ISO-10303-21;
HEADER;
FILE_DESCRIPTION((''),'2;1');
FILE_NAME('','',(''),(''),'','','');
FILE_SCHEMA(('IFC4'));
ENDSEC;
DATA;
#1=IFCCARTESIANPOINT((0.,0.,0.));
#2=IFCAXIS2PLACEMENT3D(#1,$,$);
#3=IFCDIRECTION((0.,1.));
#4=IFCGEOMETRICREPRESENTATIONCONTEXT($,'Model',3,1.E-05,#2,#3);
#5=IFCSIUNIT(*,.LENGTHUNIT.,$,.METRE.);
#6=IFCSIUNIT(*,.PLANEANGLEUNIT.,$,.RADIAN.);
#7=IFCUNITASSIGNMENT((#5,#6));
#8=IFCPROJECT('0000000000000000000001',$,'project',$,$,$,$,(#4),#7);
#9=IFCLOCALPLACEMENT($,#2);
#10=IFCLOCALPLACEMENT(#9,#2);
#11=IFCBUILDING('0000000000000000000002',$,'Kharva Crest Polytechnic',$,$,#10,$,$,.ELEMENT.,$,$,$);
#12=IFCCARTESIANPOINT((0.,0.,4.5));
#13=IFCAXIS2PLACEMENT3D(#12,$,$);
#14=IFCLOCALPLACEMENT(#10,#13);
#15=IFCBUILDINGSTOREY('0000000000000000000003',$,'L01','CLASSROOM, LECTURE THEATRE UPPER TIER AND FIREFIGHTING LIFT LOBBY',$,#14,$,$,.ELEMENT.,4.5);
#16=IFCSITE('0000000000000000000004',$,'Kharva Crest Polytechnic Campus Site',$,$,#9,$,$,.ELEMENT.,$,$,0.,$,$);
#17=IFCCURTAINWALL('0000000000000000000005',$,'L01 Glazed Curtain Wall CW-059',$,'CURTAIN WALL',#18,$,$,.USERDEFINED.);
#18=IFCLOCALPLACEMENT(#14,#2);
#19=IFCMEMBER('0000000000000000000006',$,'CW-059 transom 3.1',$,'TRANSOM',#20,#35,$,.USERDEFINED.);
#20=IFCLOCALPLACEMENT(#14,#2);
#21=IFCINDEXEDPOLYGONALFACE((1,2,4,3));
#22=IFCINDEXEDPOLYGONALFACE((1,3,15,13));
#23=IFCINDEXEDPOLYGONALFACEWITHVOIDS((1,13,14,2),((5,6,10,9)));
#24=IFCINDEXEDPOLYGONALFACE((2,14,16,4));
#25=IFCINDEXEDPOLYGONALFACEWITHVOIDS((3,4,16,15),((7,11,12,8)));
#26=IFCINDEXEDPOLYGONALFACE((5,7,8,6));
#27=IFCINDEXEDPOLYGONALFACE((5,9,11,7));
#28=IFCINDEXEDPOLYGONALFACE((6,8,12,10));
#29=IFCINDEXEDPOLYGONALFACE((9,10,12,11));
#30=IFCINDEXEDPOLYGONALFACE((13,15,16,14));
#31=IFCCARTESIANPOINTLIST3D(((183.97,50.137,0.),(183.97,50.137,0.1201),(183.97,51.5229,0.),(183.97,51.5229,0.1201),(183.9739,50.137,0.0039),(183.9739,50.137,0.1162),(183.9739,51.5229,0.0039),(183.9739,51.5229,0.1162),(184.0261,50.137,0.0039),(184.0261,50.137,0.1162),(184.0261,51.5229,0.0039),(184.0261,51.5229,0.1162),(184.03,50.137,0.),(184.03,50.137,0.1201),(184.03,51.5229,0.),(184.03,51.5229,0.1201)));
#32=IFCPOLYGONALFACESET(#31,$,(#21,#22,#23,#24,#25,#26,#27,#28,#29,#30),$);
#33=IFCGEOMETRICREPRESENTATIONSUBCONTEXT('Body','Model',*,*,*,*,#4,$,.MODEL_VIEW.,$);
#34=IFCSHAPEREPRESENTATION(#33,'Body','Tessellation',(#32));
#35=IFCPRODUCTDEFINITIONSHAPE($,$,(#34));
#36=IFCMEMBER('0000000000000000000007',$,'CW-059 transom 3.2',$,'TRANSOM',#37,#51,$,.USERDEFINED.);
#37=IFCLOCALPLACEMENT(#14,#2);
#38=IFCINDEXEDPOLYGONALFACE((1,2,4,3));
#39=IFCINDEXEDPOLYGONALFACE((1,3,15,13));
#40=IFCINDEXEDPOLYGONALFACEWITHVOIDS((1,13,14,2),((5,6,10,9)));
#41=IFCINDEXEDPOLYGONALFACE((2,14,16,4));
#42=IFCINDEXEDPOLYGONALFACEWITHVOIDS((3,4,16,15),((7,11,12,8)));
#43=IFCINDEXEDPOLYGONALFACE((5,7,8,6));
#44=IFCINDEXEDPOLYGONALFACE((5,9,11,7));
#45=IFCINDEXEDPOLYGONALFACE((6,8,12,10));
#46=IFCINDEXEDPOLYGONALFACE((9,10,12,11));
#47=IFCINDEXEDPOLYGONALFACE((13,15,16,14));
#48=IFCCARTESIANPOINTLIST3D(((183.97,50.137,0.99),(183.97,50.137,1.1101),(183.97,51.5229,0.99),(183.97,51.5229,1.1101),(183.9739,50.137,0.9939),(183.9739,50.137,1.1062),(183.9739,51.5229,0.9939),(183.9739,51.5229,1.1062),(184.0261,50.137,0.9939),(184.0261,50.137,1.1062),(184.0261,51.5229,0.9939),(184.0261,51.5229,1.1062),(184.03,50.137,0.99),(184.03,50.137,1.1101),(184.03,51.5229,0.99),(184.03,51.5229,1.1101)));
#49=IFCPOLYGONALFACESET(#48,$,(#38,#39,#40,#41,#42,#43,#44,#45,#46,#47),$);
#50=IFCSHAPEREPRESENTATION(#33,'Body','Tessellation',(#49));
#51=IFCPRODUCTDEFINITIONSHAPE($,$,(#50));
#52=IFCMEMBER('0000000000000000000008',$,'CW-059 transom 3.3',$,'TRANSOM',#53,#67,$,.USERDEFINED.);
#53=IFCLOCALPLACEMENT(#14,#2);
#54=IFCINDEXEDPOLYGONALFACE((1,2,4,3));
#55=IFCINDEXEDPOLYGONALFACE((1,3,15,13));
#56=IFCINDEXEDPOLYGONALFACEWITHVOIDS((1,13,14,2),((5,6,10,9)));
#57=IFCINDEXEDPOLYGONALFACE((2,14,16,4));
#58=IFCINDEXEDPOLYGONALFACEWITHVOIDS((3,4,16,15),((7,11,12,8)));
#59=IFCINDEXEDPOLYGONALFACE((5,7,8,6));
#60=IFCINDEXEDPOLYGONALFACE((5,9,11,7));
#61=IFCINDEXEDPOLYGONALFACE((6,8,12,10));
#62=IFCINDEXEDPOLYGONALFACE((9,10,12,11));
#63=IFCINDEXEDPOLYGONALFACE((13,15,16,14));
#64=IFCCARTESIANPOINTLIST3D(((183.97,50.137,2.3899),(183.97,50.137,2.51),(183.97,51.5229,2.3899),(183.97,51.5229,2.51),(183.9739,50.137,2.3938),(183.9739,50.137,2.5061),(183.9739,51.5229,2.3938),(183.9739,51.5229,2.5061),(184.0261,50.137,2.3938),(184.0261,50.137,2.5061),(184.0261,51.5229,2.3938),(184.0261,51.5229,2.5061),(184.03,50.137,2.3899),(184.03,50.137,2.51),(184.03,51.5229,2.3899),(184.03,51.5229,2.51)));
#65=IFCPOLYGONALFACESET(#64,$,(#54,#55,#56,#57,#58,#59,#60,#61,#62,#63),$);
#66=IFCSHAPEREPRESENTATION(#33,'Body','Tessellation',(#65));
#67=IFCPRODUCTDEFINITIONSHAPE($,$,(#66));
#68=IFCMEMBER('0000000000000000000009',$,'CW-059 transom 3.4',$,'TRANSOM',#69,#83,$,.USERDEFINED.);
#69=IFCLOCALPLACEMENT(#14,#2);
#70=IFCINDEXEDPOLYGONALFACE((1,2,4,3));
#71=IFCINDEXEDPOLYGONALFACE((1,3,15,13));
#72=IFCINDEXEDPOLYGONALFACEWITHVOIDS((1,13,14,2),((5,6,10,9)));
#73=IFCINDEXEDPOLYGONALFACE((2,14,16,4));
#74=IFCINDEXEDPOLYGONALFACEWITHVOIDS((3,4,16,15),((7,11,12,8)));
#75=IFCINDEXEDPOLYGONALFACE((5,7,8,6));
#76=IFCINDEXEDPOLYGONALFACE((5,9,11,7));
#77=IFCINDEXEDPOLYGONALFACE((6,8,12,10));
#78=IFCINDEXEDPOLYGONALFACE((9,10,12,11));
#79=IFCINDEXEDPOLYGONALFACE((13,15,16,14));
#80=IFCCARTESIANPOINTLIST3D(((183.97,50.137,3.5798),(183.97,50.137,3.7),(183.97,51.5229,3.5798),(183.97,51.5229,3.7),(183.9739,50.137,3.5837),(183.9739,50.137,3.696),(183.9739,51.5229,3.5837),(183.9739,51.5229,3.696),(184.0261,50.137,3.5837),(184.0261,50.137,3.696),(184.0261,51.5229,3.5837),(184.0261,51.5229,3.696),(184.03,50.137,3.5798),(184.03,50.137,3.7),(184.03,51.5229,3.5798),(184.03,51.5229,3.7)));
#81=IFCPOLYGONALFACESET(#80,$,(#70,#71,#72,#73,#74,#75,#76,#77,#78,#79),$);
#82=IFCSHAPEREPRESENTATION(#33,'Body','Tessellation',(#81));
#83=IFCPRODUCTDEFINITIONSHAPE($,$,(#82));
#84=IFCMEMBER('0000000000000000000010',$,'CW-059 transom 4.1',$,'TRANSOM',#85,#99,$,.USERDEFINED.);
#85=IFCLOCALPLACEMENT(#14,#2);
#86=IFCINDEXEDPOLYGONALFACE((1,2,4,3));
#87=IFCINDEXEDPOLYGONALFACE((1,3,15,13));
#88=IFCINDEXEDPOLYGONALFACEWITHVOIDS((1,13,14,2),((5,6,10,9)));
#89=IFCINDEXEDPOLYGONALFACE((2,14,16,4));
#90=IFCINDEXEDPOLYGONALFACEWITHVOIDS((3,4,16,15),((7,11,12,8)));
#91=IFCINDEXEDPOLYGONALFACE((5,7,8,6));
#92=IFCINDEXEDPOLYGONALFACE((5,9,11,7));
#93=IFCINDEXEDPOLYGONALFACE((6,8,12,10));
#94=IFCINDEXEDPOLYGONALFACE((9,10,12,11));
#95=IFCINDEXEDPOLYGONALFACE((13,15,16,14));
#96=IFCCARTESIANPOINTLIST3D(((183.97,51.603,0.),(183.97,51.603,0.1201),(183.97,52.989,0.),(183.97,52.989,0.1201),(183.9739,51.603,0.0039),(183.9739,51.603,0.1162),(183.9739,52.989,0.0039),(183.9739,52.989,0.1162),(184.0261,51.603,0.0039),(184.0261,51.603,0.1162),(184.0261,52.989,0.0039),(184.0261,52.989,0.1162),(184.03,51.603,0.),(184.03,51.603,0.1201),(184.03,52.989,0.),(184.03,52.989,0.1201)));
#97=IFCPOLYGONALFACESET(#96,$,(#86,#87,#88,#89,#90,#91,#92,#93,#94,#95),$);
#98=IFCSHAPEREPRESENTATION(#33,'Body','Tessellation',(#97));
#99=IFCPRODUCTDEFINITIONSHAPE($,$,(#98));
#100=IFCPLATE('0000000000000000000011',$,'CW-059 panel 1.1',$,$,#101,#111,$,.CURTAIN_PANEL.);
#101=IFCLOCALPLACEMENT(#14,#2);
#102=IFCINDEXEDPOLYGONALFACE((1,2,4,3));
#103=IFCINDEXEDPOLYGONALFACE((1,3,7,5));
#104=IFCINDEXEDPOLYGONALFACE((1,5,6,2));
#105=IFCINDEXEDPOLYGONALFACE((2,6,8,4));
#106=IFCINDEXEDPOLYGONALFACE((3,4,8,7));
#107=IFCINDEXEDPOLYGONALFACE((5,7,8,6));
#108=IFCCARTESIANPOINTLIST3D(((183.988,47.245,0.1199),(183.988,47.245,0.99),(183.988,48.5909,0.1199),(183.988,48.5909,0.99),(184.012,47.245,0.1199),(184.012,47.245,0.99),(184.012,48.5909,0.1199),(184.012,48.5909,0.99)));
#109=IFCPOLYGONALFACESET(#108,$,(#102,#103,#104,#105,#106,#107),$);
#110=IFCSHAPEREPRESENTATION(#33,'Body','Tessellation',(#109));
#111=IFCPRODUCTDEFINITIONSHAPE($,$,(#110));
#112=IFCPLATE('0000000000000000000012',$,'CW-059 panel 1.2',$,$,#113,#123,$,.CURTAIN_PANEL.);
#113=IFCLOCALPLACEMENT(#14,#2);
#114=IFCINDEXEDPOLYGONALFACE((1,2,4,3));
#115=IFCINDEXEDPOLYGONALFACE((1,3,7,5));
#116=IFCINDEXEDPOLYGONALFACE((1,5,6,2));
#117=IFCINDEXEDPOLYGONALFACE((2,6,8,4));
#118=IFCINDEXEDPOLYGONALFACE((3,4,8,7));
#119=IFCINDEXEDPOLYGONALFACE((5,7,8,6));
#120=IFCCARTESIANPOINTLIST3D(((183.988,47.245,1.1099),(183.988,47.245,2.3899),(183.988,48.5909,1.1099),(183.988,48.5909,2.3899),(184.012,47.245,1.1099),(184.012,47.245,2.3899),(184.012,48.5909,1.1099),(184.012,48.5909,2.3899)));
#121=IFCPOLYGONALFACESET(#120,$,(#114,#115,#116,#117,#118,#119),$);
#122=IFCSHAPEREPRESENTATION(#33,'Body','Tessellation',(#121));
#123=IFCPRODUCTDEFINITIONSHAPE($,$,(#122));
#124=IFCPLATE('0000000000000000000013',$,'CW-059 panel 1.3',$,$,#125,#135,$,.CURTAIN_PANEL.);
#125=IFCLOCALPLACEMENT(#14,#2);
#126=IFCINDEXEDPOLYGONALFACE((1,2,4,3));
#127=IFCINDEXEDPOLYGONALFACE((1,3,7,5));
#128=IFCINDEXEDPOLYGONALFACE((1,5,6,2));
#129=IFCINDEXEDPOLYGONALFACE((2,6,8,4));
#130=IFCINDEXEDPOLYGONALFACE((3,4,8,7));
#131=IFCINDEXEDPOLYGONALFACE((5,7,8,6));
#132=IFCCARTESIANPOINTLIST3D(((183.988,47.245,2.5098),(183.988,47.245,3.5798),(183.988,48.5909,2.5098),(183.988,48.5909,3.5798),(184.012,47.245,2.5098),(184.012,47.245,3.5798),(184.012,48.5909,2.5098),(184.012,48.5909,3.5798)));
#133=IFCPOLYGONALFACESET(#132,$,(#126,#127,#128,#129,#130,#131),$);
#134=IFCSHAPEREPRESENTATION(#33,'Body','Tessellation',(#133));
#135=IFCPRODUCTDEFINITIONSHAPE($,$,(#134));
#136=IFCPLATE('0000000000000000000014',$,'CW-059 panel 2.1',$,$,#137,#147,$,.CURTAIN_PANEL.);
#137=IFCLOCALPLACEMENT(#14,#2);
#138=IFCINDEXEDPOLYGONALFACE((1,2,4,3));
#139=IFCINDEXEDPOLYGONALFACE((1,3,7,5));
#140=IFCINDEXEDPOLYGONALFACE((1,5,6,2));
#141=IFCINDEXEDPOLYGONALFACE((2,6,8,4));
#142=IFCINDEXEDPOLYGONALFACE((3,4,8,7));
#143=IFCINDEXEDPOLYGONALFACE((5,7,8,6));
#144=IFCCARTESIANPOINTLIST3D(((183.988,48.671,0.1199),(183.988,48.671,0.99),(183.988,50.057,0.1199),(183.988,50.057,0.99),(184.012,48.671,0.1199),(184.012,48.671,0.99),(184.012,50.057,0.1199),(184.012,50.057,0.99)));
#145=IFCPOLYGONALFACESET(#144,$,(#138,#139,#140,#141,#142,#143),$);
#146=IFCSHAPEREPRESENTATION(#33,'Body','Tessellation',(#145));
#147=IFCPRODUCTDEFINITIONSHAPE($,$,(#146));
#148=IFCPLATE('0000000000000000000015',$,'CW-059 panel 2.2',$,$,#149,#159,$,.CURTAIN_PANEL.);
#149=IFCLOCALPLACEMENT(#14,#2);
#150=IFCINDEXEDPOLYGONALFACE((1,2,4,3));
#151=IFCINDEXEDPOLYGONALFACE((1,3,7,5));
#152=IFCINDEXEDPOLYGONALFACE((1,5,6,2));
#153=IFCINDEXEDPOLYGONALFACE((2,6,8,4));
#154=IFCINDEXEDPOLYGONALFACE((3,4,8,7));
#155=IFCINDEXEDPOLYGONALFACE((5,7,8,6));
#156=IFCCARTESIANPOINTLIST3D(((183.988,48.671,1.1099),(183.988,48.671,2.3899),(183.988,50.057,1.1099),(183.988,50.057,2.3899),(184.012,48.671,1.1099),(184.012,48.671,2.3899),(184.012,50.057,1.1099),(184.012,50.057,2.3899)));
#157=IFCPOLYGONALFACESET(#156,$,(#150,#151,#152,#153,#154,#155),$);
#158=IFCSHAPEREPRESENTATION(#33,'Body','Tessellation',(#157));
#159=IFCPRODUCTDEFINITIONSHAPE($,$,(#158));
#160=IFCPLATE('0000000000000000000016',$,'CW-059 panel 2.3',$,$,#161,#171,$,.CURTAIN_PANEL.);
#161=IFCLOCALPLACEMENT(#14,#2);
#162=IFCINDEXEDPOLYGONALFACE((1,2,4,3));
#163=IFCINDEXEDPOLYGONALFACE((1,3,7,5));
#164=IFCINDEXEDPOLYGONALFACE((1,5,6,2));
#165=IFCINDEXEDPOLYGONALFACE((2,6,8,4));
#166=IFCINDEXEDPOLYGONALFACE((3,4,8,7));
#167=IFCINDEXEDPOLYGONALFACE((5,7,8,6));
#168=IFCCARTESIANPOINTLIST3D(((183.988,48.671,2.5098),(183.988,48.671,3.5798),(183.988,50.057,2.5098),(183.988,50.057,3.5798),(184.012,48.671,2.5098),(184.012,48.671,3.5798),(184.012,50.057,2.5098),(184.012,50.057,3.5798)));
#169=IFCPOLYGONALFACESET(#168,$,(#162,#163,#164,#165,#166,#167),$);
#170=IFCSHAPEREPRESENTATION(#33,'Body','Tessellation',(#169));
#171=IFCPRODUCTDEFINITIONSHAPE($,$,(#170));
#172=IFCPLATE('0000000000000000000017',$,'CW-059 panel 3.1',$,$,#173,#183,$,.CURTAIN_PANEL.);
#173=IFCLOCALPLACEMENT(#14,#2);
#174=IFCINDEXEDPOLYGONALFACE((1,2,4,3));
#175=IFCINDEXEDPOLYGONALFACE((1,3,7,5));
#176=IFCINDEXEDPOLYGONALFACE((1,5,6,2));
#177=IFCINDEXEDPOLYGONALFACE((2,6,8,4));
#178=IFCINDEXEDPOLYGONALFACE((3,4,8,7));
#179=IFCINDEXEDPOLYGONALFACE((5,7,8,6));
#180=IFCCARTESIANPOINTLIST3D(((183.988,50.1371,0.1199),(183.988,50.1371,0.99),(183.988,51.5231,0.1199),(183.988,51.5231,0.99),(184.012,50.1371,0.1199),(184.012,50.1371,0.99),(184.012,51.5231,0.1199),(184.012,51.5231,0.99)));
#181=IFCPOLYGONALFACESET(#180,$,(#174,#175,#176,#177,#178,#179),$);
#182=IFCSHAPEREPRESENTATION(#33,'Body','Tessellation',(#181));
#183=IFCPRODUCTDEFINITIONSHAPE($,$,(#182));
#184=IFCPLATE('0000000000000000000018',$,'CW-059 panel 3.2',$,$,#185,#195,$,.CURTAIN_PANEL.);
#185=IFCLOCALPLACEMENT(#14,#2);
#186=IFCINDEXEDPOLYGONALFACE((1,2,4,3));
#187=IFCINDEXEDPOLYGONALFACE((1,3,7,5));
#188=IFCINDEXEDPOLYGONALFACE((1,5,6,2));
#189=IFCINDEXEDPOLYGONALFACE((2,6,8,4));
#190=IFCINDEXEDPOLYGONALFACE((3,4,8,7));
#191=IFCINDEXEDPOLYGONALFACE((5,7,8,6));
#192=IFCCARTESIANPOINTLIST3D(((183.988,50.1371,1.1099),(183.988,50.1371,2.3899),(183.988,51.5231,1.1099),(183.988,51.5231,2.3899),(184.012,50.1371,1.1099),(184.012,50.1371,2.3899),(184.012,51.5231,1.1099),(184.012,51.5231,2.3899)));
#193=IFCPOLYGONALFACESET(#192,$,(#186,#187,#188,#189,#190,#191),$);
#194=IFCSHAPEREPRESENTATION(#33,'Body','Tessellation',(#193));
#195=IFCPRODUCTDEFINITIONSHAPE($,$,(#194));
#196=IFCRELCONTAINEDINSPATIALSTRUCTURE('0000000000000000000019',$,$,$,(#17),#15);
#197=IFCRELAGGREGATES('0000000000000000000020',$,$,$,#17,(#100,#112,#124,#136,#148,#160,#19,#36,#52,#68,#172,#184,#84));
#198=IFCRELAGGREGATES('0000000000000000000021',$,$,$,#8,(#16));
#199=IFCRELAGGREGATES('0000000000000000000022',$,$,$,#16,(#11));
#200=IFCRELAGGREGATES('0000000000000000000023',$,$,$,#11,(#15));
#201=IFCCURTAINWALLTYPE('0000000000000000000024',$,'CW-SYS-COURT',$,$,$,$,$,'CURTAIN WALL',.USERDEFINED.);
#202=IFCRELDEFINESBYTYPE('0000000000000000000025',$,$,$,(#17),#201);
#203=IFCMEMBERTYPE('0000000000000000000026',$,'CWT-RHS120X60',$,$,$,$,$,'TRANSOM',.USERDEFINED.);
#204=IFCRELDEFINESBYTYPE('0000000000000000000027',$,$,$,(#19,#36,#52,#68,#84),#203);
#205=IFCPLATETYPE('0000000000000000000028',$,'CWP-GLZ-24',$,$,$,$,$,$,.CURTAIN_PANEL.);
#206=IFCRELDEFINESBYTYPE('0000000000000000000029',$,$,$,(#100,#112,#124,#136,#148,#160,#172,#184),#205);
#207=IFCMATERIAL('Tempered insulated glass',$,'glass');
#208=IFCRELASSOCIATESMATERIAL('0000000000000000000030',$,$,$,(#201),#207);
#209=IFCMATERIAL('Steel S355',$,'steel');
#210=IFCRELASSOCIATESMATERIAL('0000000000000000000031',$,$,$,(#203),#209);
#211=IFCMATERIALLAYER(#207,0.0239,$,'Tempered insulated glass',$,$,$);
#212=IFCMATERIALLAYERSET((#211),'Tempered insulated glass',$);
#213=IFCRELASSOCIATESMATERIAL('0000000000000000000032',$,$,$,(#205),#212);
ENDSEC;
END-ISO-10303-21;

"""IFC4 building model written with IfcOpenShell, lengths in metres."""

from ifc_helpers import new_model, si_unit, direction, frame, origin, origin_2d, place, context, subcontext, project, spatial, rectangle, hollow_rectangle, extrude, material, layer, layer_set, material_profile, profile_set, type_object, element, aggregate, save


model = new_model("IFC4")

# Units and contexts
model_context = context("Model", 3, precision=1e-05, world=origin(), true_north=direction((0.0, 1.0)))
body_context = subcontext(model_context, "Body", "Model", "MODEL_VIEW")
ifc_project = project(units=[si_unit("LENGTHUNIT", "METRE"), si_unit("PLANEANGLEUNIT", "RADIAN")], contexts=[model_context])

# Site, building, storey
site_placement = place(None, origin())
site = spatial("IfcSite", under=ifc_project, at=site_placement, Name="Kharva Crest Polytechnic Campus Site", CompositionType="ELEMENT", RefElevation=0.0)
building_placement = place(site_placement, origin())
building = spatial("IfcBuilding", under=site, at=building_placement, Name="Kharva Crest Polytechnic", CompositionType="ELEMENT")
storey_placement = place(building_placement, frame((0.0, 0.0, 4.5)))
storey = spatial("IfcBuildingStorey", under=building, at=storey_placement, Name="L01", Description="CLASSROOM, LECTURE THEATRE UPPER TIER AND FIREFIGHTING LIFT LOBBY", CompositionType="ELEMENT", Elevation=4.5)

# Curtain wall, members, plates
ifc_material_1 = material(Name="Tempered insulated glass", Category="glass")
curtain_wall_type = type_object("IfcCurtainWallType", Name="CW-SYS-COURT", ElementType="CURTAIN WALL", PredefinedType="USERDEFINED", material=ifc_material_1)
curtain_wall_placement = place(storey_placement, origin())
curtain_wall = element("IfcCurtainWall", 1, at=curtain_wall_placement, inside=storey, type_object=curtain_wall_type, Name="L01 Glazed Curtain Wall CW-059", ObjectType="CURTAIN WALL", PredefinedType="USERDEFINED")
ifc_material_2 = material(Name="Steel S355", Category="steel")
ifc_material_profile_1 = material_profile(ifc_material_2, hollow_rectangle(XDim=0.0601, YDim=0.1201, WallThickness=0.0039, at=origin_2d()), Name="RHS 120X60X4.0")
ifc_profile_set_1 = profile_set([ifc_material_profile_1], Name="Steel S355")
member_type_1 = type_object("IfcMemberType", Name="CWT-RHS120X60", ElementType="TRANSOM", PredefinedType="USERDEFINED", material=ifc_profile_set_1)
member_1_placement = place(storey_placement, frame((184.0, 50.137, 0.0601), z_axis=(0.0, 1.0, 0.0), x_axis=(-1.0, 0.0, 0.0)))
member_1 = element("IfcMember", 2, at=member_1_placement, type_object=member_type_1, Name="CW-059 transom 3.1", ObjectType="TRANSOM", PredefinedType="USERDEFINED", context=body_context, shape_type="SweptSolid", body=[
    extrude(hollow_rectangle(XDim=0.0601, YDim=0.1201, WallThickness=0.0039, at=origin_2d()), origin(), (0.0, 0.0, 1.0), 1.386),
])
member_2_placement = place(storey_placement, frame((184.0, 50.137, 1.05), z_axis=(0.0, 1.0, 0.0), x_axis=(-1.0, 0.0, 0.0)))
member_2 = element("IfcMember", 3, at=member_2_placement, type_object=member_type_1, Name="CW-059 transom 3.2", ObjectType="TRANSOM", PredefinedType="USERDEFINED", context=body_context, shape_type="SweptSolid", body=[
    extrude(hollow_rectangle(XDim=0.0601, YDim=0.1201, WallThickness=0.0039, at=origin_2d()), origin(), (0.0, 0.0, 1.0), 1.386),
])
member_3_placement = place(storey_placement, frame((184.0, 50.137, 2.45), z_axis=(0.0, 1.0, 0.0), x_axis=(-1.0, 0.0, 0.0)))
member_3 = element("IfcMember", 4, at=member_3_placement, type_object=member_type_1, Name="CW-059 transom 3.3", ObjectType="TRANSOM", PredefinedType="USERDEFINED", context=body_context, shape_type="SweptSolid", body=[
    extrude(hollow_rectangle(XDim=0.0601, YDim=0.1201, WallThickness=0.0039, at=origin_2d()), origin(), (0.0, 0.0, 1.0), 1.386),
])
member_4_placement = place(storey_placement, frame((184.0, 50.137, 3.6399), z_axis=(0.0, 1.0, 0.0), x_axis=(-1.0, 0.0, 0.0)))
member_4 = element("IfcMember", 5, at=member_4_placement, type_object=member_type_1, Name="CW-059 transom 3.4", ObjectType="TRANSOM", PredefinedType="USERDEFINED", context=body_context, shape_type="SweptSolid", body=[
    extrude(hollow_rectangle(XDim=0.0601, YDim=0.1201, WallThickness=0.0039, at=origin_2d()), origin(), (0.0, 0.0, 1.0), 1.386),
])
member_5_placement = place(storey_placement, frame((184.0, 51.603, 0.0601), z_axis=(0.0, 1.0, 0.0), x_axis=(-1.0, 0.0, 0.0)))
member_5 = element("IfcMember", 6, at=member_5_placement, type_object=member_type_1, Name="CW-059 transom 4.1", ObjectType="TRANSOM", PredefinedType="USERDEFINED", context=body_context, shape_type="SweptSolid", body=[
    extrude(hollow_rectangle(XDim=0.0601, YDim=0.1201, WallThickness=0.0039, at=origin_2d()), origin(), (0.0, 0.0, 1.0), 1.386),
])
ifc_layer = layer(ifc_material_1, 0.0239, Name="Tempered insulated glass")
ifc_layer_set = layer_set([ifc_layer], Name="Tempered insulated glass")
plate_type = type_object("IfcPlateType", Name="CWP-GLZ-24", PredefinedType="CURTAIN_PANEL", material=ifc_layer_set)
plate_1_placement = place(storey_placement, frame((184.0, 47.918, 0.1199), z_axis=(0.0, 0.0, 1.0), x_axis=(0.0, 1.0, 0.0)))
plate_1 = element("IfcPlate", 7, at=plate_1_placement, type_object=plate_type, Name="CW-059 panel 1.1", PredefinedType="CURTAIN_PANEL", context=body_context, shape_type="SweptSolid", body=[
    extrude(rectangle(XDim=1.3459, YDim=0.0239, at=origin_2d()), origin(), (0.0, 0.0, 1.0), 0.8701),
])
plate_2_placement = place(storey_placement, frame((184.0, 47.918, 1.1099), z_axis=(0.0, 0.0, 1.0), x_axis=(0.0, 1.0, 0.0)))
plate_2 = element("IfcPlate", 8, at=plate_2_placement, type_object=plate_type, Name="CW-059 panel 1.2", PredefinedType="CURTAIN_PANEL", context=body_context, shape_type="SweptSolid", body=[
    extrude(rectangle(XDim=1.3459, YDim=0.0239, at=origin_2d()), origin(), (0.0, 0.0, 1.0), 1.28),
])
plate_3_placement = place(storey_placement, frame((184.0, 47.918, 2.5098), z_axis=(0.0, 0.0, 1.0), x_axis=(0.0, 1.0, 0.0)))
plate_3 = element("IfcPlate", 9, at=plate_3_placement, type_object=plate_type, Name="CW-059 panel 1.3", PredefinedType="CURTAIN_PANEL", context=body_context, shape_type="SweptSolid", body=[
    extrude(rectangle(XDim=1.3459, YDim=0.0239, at=origin_2d()), origin(), (0.0, 0.0, 1.0), 1.0701),
])
plate_4_placement = place(storey_placement, frame((184.0, 49.364, 0.1199), z_axis=(0.0, 0.0, 1.0), x_axis=(0.0, 1.0, 0.0)))
plate_4 = element("IfcPlate", 10, at=plate_4_placement, type_object=plate_type, Name="CW-059 panel 2.1", PredefinedType="CURTAIN_PANEL", context=body_context, shape_type="SweptSolid", body=[
    extrude(rectangle(XDim=1.386, YDim=0.0239, at=origin_2d()), origin(), (0.0, 0.0, 1.0), 0.8701),
])
plate_5_placement = place(storey_placement, frame((184.0, 49.364, 1.1099), z_axis=(0.0, 0.0, 1.0), x_axis=(0.0, 1.0, 0.0)))
plate_5 = element("IfcPlate", 11, at=plate_5_placement, type_object=plate_type, Name="CW-059 panel 2.2", PredefinedType="CURTAIN_PANEL", context=body_context, shape_type="SweptSolid", body=[
    extrude(rectangle(XDim=1.386, YDim=0.0239, at=origin_2d()), origin(), (0.0, 0.0, 1.0), 1.28),
])
plate_6_placement = place(storey_placement, frame((184.0, 49.364, 2.5098), z_axis=(0.0, 0.0, 1.0), x_axis=(0.0, 1.0, 0.0)))
plate_6 = element("IfcPlate", 12, at=plate_6_placement, type_object=plate_type, Name="CW-059 panel 2.3", PredefinedType="CURTAIN_PANEL", context=body_context, shape_type="SweptSolid", body=[
    extrude(rectangle(XDim=1.386, YDim=0.0239, at=origin_2d()), origin(), (0.0, 0.0, 1.0), 1.0701),
])
plate_7_placement = place(storey_placement, frame((184.0, 50.8301, 0.1199), z_axis=(0.0, 0.0, 1.0), x_axis=(0.0, 1.0, 0.0)))
plate_7 = element("IfcPlate", 13, at=plate_7_placement, type_object=plate_type, Name="CW-059 panel 3.1", PredefinedType="CURTAIN_PANEL", context=body_context, shape_type="SweptSolid", body=[
    extrude(rectangle(XDim=1.386, YDim=0.0239, at=origin_2d()), origin(), (0.0, 0.0, 1.0), 0.8701),
])
plate_8_placement = place(storey_placement, frame((184.0, 50.8301, 1.1099), z_axis=(0.0, 0.0, 1.0), x_axis=(0.0, 1.0, 0.0)))
plate_8 = element("IfcPlate", 14, at=plate_8_placement, type_object=plate_type, Name="CW-059 panel 3.2", PredefinedType="CURTAIN_PANEL", context=body_context, shape_type="SweptSolid", body=[
    extrude(rectangle(XDim=1.386, YDim=0.0239, at=origin_2d()), origin(), (0.0, 0.0, 1.0), 1.28),
])
aggregate(curtain_wall, [plate_1, plate_2, plate_3, plate_4, plate_5, plate_6, member_1, member_2, member_3, member_4, plate_7, plate_8, member_5])

save(model, "model.ifc")
